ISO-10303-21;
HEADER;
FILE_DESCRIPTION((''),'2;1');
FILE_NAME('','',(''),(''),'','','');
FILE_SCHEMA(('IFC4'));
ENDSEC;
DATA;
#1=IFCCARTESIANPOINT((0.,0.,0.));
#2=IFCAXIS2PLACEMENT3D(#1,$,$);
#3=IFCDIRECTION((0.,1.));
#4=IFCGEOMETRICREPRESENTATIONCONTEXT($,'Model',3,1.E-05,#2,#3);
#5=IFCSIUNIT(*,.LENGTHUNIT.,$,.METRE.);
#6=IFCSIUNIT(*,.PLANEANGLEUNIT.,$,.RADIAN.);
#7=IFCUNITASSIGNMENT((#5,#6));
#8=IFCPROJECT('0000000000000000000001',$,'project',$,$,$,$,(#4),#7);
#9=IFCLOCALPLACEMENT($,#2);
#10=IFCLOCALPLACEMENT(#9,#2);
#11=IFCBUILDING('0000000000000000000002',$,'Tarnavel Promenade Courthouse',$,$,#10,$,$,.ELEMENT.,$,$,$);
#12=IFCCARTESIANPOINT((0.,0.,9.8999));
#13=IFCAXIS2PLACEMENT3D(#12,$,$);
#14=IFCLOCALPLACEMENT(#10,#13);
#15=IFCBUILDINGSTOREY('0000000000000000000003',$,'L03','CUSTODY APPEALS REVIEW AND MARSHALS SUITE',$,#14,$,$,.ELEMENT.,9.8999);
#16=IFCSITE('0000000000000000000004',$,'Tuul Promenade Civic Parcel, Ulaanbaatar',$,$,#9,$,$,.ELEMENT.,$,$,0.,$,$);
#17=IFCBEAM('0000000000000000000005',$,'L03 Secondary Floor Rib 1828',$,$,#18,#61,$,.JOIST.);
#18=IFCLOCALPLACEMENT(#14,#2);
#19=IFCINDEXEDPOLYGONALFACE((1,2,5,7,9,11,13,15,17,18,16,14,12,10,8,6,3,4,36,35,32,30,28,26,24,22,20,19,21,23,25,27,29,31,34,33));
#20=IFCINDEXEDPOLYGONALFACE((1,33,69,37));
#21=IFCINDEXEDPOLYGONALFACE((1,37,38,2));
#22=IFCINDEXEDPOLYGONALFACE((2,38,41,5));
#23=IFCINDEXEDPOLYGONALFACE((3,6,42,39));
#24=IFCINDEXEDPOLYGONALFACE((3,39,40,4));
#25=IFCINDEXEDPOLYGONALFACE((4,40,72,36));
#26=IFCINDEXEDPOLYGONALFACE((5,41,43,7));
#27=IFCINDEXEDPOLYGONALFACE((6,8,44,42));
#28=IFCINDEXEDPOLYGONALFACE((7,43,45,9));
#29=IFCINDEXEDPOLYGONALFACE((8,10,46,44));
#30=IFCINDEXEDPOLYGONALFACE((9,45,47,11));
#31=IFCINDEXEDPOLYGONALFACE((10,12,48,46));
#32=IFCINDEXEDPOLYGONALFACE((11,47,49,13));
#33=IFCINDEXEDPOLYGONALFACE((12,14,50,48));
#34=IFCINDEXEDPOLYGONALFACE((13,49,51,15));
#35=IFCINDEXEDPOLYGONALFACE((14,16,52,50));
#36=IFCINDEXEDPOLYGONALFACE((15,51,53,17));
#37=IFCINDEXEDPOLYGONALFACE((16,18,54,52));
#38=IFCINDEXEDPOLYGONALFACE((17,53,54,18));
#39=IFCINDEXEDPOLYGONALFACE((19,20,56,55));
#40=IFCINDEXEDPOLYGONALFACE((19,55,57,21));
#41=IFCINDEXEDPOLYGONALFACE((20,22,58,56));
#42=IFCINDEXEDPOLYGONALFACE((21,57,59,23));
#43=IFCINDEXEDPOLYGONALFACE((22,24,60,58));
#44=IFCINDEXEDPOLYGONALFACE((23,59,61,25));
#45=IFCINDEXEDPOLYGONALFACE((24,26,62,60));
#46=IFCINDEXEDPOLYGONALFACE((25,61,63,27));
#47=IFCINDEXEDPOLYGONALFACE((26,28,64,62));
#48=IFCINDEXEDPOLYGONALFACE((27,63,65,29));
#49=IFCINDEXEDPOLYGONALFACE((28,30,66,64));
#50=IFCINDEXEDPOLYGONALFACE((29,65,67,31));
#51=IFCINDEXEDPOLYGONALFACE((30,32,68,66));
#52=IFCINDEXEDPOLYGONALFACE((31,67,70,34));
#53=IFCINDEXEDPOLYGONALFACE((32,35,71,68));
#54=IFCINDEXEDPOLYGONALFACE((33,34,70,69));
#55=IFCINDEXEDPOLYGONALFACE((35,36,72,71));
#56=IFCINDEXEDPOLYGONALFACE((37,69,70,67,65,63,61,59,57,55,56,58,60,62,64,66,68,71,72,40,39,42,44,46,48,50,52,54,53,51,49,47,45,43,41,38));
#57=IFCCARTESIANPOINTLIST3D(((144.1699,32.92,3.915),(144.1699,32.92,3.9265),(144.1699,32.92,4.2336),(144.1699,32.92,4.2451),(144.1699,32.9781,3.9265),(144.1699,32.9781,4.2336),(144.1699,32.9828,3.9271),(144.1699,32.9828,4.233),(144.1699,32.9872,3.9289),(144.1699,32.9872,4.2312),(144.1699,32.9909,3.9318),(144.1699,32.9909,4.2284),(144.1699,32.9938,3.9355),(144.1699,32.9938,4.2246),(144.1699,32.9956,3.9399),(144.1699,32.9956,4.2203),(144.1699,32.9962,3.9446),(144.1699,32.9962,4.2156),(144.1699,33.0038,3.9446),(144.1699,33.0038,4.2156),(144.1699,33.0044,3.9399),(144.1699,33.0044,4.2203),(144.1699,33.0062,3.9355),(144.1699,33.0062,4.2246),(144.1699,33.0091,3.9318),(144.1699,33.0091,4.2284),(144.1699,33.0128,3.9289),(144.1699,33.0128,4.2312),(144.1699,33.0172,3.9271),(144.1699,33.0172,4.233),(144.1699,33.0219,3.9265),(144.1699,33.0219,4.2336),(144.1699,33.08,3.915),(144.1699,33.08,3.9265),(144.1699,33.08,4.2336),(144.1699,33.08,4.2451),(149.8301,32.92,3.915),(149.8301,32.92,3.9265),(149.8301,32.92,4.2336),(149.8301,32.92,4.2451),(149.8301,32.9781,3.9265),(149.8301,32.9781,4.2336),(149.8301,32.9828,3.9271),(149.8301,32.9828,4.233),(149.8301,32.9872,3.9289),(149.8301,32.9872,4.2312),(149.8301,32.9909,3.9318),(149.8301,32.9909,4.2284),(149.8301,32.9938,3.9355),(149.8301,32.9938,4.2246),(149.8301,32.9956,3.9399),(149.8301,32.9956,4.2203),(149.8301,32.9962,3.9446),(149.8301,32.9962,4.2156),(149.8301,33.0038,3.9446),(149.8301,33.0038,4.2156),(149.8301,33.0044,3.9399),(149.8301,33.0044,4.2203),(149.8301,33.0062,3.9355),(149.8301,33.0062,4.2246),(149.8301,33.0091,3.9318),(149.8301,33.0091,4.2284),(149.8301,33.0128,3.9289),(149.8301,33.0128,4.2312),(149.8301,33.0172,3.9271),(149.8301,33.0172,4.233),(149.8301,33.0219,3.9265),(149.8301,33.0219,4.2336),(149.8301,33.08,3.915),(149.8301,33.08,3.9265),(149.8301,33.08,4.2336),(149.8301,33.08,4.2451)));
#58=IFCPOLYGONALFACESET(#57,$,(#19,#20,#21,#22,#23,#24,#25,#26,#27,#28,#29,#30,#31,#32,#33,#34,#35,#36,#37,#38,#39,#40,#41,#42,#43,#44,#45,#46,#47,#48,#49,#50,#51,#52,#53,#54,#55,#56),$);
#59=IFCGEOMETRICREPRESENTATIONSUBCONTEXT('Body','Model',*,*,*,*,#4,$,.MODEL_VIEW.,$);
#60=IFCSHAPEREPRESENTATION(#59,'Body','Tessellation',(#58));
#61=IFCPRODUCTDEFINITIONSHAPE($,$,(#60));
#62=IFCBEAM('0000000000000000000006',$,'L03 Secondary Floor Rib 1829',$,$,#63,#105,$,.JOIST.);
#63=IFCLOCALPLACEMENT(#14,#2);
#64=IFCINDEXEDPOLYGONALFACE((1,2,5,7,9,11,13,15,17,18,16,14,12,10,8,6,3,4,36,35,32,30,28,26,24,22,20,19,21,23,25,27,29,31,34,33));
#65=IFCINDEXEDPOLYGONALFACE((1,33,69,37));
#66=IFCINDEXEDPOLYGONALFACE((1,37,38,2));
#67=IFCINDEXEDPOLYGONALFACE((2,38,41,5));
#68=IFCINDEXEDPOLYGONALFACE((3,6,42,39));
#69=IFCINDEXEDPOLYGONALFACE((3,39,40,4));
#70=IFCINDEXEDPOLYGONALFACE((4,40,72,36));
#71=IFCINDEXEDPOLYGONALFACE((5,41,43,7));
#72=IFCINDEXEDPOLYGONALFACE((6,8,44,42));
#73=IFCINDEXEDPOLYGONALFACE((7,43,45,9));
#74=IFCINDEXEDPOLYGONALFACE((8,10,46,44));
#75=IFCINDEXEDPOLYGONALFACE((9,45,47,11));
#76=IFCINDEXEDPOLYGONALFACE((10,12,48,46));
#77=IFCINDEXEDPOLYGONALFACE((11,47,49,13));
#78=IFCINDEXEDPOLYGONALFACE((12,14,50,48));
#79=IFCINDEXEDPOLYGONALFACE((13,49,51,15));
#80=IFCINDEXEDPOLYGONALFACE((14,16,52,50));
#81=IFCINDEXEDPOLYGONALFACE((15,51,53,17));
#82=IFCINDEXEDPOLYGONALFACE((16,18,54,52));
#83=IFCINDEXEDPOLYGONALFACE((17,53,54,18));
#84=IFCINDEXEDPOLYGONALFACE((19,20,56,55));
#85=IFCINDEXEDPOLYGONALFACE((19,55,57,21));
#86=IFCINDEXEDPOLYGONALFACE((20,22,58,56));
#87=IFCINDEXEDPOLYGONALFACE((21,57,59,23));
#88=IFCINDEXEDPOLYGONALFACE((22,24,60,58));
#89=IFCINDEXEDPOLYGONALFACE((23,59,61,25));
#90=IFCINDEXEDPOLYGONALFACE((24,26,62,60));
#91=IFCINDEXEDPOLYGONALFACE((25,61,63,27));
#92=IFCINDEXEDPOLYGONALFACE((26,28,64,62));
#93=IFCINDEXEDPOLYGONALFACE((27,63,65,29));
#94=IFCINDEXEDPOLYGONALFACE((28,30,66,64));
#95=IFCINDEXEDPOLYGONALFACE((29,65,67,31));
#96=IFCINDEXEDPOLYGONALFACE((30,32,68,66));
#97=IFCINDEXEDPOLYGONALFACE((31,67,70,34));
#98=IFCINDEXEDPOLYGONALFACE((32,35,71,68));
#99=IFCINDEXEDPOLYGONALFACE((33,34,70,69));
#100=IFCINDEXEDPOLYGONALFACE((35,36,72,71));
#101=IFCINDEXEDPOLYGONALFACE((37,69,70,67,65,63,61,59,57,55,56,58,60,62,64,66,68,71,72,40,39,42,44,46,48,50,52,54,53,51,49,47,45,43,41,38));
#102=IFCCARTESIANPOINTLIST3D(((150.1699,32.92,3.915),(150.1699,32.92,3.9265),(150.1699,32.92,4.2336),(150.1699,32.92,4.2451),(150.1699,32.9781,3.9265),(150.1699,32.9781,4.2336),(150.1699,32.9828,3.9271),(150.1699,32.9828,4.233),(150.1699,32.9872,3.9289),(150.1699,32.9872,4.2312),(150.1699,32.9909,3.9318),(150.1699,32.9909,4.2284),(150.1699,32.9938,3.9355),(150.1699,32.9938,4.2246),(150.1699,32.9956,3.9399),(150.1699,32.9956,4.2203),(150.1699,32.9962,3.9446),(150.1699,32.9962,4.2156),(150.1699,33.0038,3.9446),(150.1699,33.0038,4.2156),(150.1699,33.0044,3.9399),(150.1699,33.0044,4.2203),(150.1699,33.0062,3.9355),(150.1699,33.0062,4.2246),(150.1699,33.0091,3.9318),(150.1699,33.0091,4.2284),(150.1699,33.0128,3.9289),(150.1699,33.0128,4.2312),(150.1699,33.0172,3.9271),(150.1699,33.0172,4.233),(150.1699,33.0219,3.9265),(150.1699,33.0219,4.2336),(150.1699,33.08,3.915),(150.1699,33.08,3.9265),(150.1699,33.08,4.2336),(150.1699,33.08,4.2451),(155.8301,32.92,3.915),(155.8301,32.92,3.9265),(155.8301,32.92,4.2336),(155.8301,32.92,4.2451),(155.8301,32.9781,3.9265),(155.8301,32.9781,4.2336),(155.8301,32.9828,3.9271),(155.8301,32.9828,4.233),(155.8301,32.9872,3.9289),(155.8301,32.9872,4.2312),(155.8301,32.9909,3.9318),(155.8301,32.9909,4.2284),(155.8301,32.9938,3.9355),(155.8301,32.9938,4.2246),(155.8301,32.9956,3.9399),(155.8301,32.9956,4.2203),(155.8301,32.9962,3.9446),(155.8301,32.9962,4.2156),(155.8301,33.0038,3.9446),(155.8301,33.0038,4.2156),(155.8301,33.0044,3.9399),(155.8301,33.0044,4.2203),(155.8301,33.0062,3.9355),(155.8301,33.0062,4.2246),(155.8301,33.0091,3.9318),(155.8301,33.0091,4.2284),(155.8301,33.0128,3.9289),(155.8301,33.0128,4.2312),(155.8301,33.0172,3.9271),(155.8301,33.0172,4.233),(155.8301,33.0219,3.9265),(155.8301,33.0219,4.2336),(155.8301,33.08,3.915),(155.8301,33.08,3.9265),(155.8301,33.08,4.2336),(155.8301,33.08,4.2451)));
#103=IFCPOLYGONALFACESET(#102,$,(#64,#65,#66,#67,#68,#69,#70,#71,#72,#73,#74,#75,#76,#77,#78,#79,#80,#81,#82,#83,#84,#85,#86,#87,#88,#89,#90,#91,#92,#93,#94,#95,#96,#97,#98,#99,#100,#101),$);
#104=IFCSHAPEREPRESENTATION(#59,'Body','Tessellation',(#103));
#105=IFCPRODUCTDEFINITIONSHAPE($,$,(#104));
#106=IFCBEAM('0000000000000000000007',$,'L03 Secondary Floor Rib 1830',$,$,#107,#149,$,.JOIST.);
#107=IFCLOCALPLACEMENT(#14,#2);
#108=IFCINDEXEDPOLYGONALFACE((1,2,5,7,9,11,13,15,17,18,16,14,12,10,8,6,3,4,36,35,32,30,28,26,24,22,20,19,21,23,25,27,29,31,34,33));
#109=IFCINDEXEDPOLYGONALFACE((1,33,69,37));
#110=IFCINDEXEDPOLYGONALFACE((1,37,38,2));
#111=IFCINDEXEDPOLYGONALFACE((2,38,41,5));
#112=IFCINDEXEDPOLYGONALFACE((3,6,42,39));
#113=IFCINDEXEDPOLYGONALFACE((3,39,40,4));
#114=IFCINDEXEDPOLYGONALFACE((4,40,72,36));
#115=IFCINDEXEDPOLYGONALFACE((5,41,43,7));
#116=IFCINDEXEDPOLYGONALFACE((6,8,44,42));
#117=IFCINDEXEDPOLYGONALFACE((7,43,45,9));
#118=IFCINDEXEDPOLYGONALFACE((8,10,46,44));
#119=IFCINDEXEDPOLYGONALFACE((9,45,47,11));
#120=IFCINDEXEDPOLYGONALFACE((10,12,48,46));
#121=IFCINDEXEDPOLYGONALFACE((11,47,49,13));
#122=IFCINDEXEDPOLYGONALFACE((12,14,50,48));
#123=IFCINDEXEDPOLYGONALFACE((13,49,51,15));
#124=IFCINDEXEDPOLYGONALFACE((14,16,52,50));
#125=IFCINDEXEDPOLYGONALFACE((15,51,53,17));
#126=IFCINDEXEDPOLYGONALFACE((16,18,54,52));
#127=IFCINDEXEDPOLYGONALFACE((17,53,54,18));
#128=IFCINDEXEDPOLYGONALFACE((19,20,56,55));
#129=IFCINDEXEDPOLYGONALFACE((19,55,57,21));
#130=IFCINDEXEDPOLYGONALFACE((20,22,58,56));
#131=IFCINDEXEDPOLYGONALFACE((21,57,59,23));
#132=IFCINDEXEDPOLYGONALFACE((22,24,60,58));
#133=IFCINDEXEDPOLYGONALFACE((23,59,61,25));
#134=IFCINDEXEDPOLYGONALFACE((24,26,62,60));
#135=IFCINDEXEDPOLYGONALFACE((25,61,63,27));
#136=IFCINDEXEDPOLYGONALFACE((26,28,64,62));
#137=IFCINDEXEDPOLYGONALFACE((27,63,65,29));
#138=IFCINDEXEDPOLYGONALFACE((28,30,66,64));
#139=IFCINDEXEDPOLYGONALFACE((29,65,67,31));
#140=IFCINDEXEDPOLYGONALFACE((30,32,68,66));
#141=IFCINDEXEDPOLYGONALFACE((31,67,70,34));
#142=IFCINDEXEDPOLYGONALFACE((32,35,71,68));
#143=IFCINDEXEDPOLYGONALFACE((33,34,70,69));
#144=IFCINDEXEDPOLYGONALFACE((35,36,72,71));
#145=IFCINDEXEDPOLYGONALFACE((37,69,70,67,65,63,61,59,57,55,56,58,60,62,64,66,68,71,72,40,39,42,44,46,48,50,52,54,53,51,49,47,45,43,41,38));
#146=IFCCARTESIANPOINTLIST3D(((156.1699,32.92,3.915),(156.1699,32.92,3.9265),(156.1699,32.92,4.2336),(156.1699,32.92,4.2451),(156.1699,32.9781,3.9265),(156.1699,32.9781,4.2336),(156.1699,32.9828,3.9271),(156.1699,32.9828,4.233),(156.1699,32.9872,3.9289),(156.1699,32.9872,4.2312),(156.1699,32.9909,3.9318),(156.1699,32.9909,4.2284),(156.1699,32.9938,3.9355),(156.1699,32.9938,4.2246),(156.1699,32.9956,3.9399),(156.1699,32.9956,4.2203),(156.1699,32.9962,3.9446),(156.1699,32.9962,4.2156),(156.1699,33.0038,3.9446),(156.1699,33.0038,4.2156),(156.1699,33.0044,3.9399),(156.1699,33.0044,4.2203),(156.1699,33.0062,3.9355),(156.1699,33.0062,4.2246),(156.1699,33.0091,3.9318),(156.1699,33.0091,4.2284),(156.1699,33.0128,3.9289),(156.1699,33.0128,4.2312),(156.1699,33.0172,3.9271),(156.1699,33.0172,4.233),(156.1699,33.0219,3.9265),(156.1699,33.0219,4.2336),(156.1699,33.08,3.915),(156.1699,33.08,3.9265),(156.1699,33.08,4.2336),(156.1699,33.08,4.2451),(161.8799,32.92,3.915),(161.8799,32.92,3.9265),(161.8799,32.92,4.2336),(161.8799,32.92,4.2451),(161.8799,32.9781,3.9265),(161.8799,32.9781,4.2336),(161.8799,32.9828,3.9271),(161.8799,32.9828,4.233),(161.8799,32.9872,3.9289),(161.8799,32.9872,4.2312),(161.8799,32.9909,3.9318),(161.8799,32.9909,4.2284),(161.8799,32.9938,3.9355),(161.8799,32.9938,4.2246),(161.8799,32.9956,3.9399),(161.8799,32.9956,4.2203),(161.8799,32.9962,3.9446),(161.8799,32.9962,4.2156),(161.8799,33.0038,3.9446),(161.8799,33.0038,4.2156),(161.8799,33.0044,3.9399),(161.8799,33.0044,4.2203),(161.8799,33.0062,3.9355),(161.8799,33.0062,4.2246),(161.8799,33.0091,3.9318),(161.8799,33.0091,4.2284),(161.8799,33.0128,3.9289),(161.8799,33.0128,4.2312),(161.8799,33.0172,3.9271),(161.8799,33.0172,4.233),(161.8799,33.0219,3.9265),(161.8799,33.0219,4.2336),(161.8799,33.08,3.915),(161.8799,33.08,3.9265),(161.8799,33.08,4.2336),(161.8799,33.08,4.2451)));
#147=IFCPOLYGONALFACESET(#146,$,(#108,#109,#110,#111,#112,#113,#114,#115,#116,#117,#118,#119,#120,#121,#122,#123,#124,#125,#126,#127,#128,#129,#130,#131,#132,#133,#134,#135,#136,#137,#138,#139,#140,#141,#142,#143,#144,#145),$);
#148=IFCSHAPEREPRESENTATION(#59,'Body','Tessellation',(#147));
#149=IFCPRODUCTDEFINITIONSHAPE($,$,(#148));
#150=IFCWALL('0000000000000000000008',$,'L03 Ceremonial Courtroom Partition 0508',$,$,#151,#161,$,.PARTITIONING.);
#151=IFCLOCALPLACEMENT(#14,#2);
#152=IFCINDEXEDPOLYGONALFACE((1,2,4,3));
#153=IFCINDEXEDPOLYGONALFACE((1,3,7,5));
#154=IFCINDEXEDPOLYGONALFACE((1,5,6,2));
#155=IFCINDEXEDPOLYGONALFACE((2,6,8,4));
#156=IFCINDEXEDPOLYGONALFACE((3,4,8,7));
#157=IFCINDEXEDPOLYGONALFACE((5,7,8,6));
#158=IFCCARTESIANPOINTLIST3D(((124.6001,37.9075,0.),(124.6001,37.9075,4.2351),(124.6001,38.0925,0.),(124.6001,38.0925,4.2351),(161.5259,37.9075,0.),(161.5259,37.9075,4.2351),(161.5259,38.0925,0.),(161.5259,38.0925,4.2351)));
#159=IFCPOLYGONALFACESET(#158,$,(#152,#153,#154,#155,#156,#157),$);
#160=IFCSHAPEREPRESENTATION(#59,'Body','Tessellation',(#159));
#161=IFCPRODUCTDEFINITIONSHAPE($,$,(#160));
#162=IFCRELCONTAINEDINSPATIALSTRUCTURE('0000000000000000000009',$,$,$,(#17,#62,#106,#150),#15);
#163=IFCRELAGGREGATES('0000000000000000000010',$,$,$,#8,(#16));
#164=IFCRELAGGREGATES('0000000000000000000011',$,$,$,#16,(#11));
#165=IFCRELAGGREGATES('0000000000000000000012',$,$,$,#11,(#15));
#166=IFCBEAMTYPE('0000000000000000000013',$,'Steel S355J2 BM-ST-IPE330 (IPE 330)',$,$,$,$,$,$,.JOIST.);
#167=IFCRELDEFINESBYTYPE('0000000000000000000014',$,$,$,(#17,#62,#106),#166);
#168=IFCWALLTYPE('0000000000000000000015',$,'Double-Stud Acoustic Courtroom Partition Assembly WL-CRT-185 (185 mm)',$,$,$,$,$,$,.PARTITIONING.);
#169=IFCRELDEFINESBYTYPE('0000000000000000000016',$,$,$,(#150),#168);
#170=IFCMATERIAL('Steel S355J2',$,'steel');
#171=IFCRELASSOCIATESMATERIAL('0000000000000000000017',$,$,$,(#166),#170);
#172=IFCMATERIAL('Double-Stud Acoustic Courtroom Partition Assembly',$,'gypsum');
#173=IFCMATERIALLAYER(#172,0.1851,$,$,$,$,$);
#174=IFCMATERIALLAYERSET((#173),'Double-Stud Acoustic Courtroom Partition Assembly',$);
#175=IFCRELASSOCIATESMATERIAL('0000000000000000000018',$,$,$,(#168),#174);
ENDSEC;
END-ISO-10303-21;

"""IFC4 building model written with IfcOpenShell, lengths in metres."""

from ifc_helpers import new_model, si_unit, direction, frame, frame_2d, origin, origin_2d, place, context, subcontext, project, spatial, rectangle, i_section, extrude, material, layer, layer_set, material_profile, profile_set, type_object, element, save


model = new_model("IFC4")

# Units and contexts
model_context = context("Model", 3, precision=1e-05, world=origin(), true_north=direction((0.0, 1.0)))
body_context = subcontext(model_context, "Body", "Model", "MODEL_VIEW")
ifc_project = project(units=[si_unit("LENGTHUNIT", "METRE"), si_unit("PLANEANGLEUNIT", "RADIAN")], contexts=[model_context])

# Site, building, storey
site_placement = place(None, origin())
site = spatial("IfcSite", under=ifc_project, at=site_placement, Name="Tuul Promenade Civic Parcel, Ulaanbaatar", CompositionType="ELEMENT", RefElevation=0.0)
building_placement = place(site_placement, origin())
building = spatial("IfcBuilding", under=site, at=building_placement, Name="Tarnavel Promenade Courthouse", CompositionType="ELEMENT")
storey_placement = place(building_placement, frame((0.0, 0.0, 9.8999)))
storey = spatial("IfcBuildingStorey", under=building, at=storey_placement, Name="L03", Description="CUSTODY APPEALS REVIEW AND MARSHALS SUITE", CompositionType="ELEMENT", Elevation=9.8999)

# Beams
ifc_material_1 = material(Name="Steel S355J2", Category="steel")
ifc_material_profile_1 = material_profile(ifc_material_1, i_section(OverallWidth=0.1599, OverallDepth=0.3301, WebThickness=0.0076, FlangeThickness=0.0115, FilletRadius=0.0181, at=origin_2d()), Name="IPE 330")
ifc_profile_set_1 = profile_set([ifc_material_profile_1], Name="Steel S355J2")
beam_type_1 = type_object("IfcBeamType", Name="Steel S355J2 BM-ST-IPE330 (IPE 330)", PredefinedType="JOIST", material=ifc_profile_set_1)
for number, where, z_axis, x_axis, name in (
    (1, (144.1699, 33.0, 4.0801), (1.0, 0.0, 0.0), (0.0, 1.0, 0.0), "L03 Secondary Floor Rib 1828"),
    (2, (150.1699, 33.0, 4.0801), (1.0, 0.0, 0.0), (0.0, 1.0, 0.0), "L03 Secondary Floor Rib 1829"),
):
    element("IfcBeam", number, at=place(storey_placement, frame(where, z_axis=z_axis, x_axis=x_axis)), inside=storey, type_object=beam_type_1, Name=name, PredefinedType="JOIST", context=body_context, shape_type="SweptSolid", body=[
        extrude(i_section(OverallWidth=0.1599, OverallDepth=0.3301, WebThickness=0.0076, FlangeThickness=0.0115, FilletRadius=0.0181, at=origin_2d()), origin(), (0.0, 0.0, 1.0), 5.6602),
    ])
beam_placement = place(storey_placement, frame((156.1699, 33.0, 4.0801), z_axis=(1.0, 0.0, 0.0), x_axis=(0.0, 1.0, 0.0)))
element("IfcBeam", 3, at=beam_placement, inside=storey, type_object=beam_type_1, Name="L03 Secondary Floor Rib 1830", PredefinedType="JOIST", context=body_context, shape_type="SweptSolid", body=[
    extrude(i_section(OverallWidth=0.1599, OverallDepth=0.3301, WebThickness=0.0076, FlangeThickness=0.0115, FilletRadius=0.0181, at=origin_2d()), origin(), (0.0, 0.0, 1.0), 5.71),
])

# Wall
ifc_material_2 = material(Name="Double-Stud Acoustic Courtroom Partition Assembly", Category="gypsum")
ifc_layer_1 = layer(ifc_material_2, 0.1851)
ifc_layer_set_1 = layer_set([ifc_layer_1], Name="Double-Stud Acoustic Courtroom Partition Assembly")
wall_type_1 = type_object("IfcWallType", Name="Double-Stud Acoustic Courtroom Partition Assembly WL-CRT-185 (185 mm)", PredefinedType="PARTITIONING", material=ifc_layer_set_1)
wall_1_placement = place(storey_placement, frame((161.5259, 38.0, 0.0), z_axis=(0.0, 0.0, 1.0), x_axis=(-1.0, 0.0, 0.0)))
element("IfcWall", 4, at=wall_1_placement, inside=storey, type_object=wall_type_1, Name="L03 Ceremonial Courtroom Partition 0508", PredefinedType="PARTITIONING", context=body_context, shape_type="SweptSolid", body=[
    extrude(rectangle(XDim=36.9258, YDim=0.1851, at=frame_2d((18.4629, 0.0))), origin(), (0.0, 0.0, 1.0), 4.2351),
])

save(model, "model.ifc")
